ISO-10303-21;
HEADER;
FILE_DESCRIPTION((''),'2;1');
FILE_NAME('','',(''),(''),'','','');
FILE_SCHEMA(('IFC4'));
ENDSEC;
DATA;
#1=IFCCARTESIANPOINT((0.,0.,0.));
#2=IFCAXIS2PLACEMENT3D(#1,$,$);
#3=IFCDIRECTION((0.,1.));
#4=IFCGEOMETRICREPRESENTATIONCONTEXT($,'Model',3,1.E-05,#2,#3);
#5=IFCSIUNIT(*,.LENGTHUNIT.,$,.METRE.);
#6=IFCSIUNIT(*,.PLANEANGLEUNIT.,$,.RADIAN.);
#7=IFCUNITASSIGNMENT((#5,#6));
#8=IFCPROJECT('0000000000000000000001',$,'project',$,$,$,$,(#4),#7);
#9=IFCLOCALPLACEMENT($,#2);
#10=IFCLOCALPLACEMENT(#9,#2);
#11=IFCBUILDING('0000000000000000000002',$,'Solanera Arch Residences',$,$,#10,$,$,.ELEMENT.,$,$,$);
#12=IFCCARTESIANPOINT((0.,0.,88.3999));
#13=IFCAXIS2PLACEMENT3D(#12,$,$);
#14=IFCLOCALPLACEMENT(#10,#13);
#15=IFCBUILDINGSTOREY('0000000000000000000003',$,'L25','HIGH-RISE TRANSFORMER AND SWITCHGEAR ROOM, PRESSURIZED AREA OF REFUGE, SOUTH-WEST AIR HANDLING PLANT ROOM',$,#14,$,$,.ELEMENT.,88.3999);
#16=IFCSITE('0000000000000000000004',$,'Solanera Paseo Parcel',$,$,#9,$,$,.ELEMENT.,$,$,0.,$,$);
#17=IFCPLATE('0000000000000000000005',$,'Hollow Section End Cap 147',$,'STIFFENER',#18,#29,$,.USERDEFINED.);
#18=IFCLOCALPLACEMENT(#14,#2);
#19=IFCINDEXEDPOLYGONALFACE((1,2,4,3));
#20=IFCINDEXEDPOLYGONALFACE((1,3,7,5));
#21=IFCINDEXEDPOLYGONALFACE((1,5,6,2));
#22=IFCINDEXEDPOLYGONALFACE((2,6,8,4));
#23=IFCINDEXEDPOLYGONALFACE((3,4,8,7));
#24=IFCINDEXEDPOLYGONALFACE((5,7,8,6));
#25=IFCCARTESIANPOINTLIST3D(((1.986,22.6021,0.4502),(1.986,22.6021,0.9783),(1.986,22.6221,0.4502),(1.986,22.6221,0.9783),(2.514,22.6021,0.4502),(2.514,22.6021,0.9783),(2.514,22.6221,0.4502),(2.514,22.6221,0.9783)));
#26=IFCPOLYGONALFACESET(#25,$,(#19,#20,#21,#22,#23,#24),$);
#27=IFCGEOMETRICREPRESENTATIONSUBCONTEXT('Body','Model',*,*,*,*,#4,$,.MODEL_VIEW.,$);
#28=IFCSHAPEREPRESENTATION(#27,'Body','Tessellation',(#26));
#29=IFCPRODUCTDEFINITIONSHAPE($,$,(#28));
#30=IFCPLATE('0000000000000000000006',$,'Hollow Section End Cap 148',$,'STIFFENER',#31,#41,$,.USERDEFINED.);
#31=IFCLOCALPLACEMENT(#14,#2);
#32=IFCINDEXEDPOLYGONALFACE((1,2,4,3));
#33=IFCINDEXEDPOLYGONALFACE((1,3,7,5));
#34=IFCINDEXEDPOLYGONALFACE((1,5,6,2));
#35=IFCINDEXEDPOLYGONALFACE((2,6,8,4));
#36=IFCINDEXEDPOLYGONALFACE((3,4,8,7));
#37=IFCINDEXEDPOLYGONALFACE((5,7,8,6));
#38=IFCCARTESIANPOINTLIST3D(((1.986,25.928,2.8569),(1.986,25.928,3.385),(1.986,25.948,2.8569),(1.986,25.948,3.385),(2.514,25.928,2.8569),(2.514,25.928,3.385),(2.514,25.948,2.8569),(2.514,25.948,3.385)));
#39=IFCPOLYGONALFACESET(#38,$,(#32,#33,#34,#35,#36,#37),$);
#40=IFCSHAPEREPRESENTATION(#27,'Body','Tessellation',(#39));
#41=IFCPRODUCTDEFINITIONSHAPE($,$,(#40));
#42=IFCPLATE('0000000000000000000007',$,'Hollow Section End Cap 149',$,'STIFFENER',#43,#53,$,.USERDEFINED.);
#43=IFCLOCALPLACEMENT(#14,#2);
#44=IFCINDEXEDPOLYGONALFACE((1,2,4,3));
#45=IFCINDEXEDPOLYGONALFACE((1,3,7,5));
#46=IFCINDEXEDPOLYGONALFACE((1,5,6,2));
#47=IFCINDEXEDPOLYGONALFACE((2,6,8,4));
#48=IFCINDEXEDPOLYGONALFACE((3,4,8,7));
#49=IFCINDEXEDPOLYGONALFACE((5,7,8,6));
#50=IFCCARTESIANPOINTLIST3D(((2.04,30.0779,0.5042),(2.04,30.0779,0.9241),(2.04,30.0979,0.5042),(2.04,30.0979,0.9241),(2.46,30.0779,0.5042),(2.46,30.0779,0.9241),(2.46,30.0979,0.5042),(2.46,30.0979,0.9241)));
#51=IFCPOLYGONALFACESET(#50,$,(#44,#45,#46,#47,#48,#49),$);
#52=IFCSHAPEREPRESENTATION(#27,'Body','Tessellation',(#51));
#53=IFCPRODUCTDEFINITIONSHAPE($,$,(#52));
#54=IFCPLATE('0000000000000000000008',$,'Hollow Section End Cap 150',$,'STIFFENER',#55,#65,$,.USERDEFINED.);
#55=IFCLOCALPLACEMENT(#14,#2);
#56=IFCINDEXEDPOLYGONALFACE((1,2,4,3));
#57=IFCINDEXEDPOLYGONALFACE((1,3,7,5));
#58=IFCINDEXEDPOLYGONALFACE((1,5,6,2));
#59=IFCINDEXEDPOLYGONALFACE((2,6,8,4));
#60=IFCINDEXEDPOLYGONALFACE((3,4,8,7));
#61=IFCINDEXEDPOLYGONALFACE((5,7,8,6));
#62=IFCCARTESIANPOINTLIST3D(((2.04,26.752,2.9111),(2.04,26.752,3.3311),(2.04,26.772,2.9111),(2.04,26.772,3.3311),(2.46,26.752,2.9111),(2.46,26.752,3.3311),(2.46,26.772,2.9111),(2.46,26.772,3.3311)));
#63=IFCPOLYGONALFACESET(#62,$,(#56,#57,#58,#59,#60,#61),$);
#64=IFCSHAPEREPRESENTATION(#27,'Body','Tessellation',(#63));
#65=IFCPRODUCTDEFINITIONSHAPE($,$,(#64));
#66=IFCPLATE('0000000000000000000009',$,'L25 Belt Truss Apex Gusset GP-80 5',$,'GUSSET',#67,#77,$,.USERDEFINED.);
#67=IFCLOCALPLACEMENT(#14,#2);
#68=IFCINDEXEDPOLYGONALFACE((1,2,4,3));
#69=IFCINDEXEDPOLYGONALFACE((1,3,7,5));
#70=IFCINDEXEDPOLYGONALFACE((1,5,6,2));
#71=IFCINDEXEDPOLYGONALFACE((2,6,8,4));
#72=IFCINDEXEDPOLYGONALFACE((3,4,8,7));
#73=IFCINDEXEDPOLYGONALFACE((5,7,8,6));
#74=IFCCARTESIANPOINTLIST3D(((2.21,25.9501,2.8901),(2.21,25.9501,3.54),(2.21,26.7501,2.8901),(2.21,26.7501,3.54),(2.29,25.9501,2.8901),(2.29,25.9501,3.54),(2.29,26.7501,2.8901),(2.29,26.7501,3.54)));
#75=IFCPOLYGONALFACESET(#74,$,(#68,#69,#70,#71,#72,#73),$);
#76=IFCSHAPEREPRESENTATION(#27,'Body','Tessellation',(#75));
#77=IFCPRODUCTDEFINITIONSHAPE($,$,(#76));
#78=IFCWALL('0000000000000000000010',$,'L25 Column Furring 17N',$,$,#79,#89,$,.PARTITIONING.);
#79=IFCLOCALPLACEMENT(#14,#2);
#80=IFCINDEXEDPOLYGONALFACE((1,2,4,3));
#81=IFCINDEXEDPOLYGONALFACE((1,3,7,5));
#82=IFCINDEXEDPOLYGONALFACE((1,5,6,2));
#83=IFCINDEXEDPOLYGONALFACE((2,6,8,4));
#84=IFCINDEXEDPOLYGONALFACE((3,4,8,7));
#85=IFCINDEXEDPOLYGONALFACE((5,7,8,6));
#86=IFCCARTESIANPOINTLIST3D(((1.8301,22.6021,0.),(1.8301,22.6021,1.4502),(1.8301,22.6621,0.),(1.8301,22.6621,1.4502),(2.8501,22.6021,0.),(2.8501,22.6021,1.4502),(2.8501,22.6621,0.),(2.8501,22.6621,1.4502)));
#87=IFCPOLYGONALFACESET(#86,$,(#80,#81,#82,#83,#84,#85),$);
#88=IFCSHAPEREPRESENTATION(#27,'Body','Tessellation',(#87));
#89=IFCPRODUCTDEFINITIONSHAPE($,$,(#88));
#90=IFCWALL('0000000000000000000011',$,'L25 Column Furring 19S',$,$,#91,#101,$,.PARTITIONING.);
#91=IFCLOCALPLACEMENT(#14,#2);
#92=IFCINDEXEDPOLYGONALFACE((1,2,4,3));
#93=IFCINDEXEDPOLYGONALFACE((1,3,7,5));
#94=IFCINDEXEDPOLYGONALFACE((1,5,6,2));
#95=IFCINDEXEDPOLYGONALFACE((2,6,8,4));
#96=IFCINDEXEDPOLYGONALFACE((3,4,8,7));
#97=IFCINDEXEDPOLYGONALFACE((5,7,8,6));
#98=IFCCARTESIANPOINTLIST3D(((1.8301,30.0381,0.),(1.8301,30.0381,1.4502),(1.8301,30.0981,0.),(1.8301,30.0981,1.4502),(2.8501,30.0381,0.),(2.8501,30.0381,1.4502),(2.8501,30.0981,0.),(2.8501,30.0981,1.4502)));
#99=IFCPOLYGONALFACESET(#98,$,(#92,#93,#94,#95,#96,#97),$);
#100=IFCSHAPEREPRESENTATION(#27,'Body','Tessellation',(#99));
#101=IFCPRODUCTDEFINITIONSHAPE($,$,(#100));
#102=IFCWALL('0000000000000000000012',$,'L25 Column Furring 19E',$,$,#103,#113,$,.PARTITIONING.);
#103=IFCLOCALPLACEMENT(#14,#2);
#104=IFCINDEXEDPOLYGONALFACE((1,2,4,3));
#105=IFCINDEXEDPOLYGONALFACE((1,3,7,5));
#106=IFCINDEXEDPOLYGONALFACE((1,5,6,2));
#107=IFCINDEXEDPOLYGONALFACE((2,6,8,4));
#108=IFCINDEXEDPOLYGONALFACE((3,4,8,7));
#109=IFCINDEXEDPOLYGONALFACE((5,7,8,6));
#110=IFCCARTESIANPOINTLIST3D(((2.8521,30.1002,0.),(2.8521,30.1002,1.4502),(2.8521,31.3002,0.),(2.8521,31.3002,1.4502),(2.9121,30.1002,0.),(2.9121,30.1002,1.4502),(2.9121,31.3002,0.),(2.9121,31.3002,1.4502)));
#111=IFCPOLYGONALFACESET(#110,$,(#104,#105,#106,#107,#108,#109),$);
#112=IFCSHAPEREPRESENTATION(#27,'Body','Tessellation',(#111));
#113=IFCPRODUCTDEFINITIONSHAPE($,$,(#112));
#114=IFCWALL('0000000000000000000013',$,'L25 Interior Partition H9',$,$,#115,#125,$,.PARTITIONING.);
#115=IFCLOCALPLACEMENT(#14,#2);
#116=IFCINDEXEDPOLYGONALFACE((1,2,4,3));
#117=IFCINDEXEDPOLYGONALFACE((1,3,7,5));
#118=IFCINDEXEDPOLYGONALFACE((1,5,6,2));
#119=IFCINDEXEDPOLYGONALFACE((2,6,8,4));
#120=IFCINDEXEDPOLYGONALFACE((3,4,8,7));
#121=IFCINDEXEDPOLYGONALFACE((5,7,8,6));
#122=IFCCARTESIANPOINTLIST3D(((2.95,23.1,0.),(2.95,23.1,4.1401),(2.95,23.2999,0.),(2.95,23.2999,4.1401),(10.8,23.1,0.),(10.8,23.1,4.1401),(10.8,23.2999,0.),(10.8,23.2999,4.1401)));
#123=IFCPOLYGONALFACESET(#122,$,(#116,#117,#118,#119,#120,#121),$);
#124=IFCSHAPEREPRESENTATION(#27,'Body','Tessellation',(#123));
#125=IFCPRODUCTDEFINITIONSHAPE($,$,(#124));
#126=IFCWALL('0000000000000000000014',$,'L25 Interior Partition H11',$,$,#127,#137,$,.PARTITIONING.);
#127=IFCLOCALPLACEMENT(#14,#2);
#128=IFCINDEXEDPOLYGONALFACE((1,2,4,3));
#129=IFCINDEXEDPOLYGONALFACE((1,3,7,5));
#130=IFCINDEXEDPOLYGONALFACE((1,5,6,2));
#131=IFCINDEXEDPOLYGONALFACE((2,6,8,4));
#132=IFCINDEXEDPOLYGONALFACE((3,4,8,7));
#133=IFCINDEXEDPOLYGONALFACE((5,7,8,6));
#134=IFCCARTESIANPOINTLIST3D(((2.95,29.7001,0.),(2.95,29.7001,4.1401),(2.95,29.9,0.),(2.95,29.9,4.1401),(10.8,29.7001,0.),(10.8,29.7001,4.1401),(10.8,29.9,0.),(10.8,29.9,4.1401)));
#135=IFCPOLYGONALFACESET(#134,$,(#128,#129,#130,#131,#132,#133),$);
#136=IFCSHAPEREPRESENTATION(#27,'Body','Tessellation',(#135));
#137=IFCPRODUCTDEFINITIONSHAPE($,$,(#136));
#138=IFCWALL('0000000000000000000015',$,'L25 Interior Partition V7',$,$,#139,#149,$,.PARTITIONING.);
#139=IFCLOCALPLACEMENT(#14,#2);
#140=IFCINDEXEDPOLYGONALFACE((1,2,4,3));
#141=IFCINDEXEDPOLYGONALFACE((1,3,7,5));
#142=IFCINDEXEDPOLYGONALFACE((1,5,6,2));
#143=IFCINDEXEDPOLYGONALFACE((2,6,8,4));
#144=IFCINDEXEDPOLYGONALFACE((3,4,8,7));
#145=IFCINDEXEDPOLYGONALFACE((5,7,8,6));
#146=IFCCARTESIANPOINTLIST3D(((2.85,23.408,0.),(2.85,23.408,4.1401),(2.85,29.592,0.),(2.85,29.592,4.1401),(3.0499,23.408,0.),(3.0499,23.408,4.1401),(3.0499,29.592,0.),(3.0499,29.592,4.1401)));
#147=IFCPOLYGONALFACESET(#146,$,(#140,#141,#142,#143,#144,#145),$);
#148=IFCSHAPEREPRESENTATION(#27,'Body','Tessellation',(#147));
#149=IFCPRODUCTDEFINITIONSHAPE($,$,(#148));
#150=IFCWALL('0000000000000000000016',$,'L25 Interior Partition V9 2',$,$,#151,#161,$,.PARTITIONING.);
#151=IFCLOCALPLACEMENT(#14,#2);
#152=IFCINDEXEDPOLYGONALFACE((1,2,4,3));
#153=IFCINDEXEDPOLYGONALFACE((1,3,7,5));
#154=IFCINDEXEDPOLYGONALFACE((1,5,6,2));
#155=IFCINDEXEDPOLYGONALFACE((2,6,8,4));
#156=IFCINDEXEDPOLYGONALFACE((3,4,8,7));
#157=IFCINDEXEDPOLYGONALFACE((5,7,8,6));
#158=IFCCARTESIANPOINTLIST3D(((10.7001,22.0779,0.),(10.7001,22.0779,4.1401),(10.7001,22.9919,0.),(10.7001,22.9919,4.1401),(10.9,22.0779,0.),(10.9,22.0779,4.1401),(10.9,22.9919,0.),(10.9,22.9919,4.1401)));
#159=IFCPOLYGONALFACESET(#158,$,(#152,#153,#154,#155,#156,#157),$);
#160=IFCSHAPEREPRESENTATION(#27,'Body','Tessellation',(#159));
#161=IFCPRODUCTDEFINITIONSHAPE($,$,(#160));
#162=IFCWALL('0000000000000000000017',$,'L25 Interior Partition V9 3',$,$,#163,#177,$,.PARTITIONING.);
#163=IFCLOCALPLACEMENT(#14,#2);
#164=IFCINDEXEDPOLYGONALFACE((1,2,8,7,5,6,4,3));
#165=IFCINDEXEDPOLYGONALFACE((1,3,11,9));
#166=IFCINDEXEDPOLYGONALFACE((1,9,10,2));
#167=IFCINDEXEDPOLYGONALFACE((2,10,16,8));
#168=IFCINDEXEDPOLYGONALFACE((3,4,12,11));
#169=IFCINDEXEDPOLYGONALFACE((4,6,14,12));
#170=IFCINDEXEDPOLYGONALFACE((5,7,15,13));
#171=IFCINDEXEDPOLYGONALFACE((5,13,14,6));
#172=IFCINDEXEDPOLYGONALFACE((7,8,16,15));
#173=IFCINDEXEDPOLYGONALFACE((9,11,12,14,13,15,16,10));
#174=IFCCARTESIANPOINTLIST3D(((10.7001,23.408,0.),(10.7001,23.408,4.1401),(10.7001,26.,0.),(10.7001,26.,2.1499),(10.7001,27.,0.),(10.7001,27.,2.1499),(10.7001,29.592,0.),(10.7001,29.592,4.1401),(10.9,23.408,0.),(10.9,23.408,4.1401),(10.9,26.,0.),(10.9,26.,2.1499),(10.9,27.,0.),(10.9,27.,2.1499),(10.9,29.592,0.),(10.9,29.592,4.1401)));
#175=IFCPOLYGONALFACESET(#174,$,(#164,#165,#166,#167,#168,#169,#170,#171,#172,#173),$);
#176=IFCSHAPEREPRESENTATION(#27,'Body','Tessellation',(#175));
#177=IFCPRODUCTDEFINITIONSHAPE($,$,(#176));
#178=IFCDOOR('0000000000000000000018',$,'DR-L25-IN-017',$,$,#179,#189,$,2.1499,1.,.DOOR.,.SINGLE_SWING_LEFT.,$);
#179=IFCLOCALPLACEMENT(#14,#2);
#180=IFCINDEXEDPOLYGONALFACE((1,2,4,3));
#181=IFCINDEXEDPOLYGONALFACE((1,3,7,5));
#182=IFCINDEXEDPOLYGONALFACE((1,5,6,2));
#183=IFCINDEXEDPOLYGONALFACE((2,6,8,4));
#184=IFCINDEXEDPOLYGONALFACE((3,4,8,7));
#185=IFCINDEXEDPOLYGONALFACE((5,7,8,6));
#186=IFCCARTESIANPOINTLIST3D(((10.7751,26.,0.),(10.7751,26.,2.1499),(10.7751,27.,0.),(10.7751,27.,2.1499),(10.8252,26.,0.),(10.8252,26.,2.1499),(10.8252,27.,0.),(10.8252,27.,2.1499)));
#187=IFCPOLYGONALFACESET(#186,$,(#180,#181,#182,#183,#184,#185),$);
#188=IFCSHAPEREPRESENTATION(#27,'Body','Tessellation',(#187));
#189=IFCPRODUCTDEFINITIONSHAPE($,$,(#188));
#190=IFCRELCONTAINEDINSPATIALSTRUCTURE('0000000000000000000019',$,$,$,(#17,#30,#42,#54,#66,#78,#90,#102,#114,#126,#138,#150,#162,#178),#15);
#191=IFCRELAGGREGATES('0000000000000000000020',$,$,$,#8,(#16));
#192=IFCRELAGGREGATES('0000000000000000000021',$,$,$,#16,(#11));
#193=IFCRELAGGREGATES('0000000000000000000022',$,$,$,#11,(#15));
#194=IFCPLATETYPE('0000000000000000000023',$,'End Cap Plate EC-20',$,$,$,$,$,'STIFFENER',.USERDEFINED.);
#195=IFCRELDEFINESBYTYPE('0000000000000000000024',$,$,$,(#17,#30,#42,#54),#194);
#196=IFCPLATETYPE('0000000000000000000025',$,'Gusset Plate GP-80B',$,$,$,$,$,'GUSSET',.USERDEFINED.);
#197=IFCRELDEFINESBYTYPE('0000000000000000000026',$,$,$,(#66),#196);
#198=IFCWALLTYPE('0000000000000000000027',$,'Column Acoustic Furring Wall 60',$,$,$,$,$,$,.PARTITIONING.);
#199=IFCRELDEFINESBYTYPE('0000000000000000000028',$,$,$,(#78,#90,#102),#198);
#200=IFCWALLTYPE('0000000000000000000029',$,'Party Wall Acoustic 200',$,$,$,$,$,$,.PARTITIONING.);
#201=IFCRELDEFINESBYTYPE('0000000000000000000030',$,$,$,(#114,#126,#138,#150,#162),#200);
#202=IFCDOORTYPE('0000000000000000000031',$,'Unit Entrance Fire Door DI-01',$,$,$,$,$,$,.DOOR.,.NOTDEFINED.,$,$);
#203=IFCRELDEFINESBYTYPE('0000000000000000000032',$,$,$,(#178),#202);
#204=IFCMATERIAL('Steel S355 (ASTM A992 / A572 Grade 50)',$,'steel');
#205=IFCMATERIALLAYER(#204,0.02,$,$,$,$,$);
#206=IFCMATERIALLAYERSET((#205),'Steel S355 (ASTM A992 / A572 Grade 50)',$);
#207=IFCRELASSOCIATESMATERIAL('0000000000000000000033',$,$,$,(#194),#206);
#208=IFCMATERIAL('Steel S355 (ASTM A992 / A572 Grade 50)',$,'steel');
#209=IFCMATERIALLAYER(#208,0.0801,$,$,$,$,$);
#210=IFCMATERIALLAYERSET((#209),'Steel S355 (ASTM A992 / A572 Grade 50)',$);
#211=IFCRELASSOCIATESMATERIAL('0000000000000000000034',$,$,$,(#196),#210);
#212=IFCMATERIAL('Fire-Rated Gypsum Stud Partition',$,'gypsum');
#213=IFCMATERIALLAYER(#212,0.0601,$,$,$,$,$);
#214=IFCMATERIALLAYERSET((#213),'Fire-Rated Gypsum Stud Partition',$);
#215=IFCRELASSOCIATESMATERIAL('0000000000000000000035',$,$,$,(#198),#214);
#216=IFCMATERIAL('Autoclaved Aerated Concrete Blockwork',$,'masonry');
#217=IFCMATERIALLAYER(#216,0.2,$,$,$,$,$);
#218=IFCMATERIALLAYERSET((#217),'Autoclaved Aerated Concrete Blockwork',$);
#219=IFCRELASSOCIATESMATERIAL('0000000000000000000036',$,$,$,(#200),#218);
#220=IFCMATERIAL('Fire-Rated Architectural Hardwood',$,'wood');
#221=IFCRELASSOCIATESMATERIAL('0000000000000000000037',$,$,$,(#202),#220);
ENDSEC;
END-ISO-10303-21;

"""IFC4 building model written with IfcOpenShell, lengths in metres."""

from ifc_helpers import new_model, si_unit, direction, frame, frame_2d, origin, origin_2d, place, context, subcontext, project, spatial, rectangle, extrude, material, layer, layer_set, type_object, element, fill, save


model = new_model("IFC4")

# Units and contexts
model_context = context("Model", 3, precision=1e-05, world=origin(), true_north=direction((0.0, 1.0)))
body_context = subcontext(model_context, "Body", "Model", "MODEL_VIEW")
ifc_project = project(units=[si_unit("LENGTHUNIT", "METRE"), si_unit("PLANEANGLEUNIT", "RADIAN")], contexts=[model_context])

# Site, building, storey
site_placement = place(None, origin())
site = spatial("IfcSite", under=ifc_project, at=site_placement, Name="Solanera Paseo Parcel", CompositionType="ELEMENT", RefElevation=0.0)
building_placement = place(site_placement, origin())
building = spatial("IfcBuilding", under=site, at=building_placement, Name="Solanera Arch Residences", CompositionType="ELEMENT")
storey_placement = place(building_placement, frame((0.0, 0.0, 88.3999)))
storey = spatial("IfcBuildingStorey", under=building, at=storey_placement, Name="L25", Description="HIGH-RISE TRANSFORMER AND SWITCHGEAR ROOM, PRESSURIZED AREA OF REFUGE, SOUTH-WEST AIR HANDLING PLANT ROOM", CompositionType="ELEMENT", Elevation=88.3999)

# Plates
ifc_material_1 = material(Name="Steel S355 (ASTM A992 / A572 Grade 50)", Category="steel")
ifc_layer_1 = layer(ifc_material_1, 0.02)
ifc_layer_set_1 = layer_set([ifc_layer_1], Name="Steel S355 (ASTM A992 / A572 Grade 50)")
plate_type_1 = type_object("IfcPlateType", Name="End Cap Plate EC-20", ElementType="STIFFENER", PredefinedType="USERDEFINED", material=ifc_layer_set_1)
for number, where, z_axis, x_axis, name in (
    (1, (2.25, 22.6121, 0.4502), (0.0, 0.0, 1.0), (0.0, -1.0, 0.0), "Hollow Section End Cap 147"),
    (2, (2.25, 25.938, 2.8569), (0.0, 0.0, 1.0), (0.0, 1.0, 0.0), "Hollow Section End Cap 148"),
):
    element("IfcPlate", number, at=place(storey_placement, frame(where, z_axis=z_axis, x_axis=x_axis)), inside=storey, type_object=plate_type_1, Name=name, ObjectType="STIFFENER", PredefinedType="USERDEFINED", context=body_context, shape_type="SweptSolid", body=[
        extrude(rectangle(XDim=0.02, YDim=0.5281, at=origin_2d()), origin(), (0.0, 0.0, 1.0), 0.5281),
    ])
for number, where, z_axis, x_axis, name in (
    (3, (2.25, 30.0879, 0.5042), (0.0, 0.0, 1.0), (0.0, 1.0, 0.0), "Hollow Section End Cap 149"),
    (4, (2.25, 26.762, 2.9111), (0.0, 0.0, 1.0), (0.0, -1.0, 0.0), "Hollow Section End Cap 150"),
):
    element("IfcPlate", number, at=place(storey_placement, frame(where, z_axis=z_axis, x_axis=x_axis)), inside=storey, type_object=plate_type_1, Name=name, ObjectType="STIFFENER", PredefinedType="USERDEFINED", context=body_context, shape_type="SweptSolid", body=[
        extrude(rectangle(XDim=0.02, YDim=0.4199, at=origin_2d()), origin(), (0.0, 0.0, 1.0), 0.4199),
    ])
ifc_material_2 = material(Name="Steel S355 (ASTM A992 / A572 Grade 50)", Category="steel")
ifc_layer_2 = layer(ifc_material_2, 0.0801)
ifc_layer_set_2 = layer_set([ifc_layer_2], Name="Steel S355 (ASTM A992 / A572 Grade 50)")
plate_type_2 = type_object("IfcPlateType", Name="Gusset Plate GP-80B", ElementType="GUSSET", PredefinedType="USERDEFINED", material=ifc_layer_set_2)
plate_placement = place(storey_placement, frame((2.25, 26.3501, 2.8901), z_axis=(0.0, 0.0, 1.0), x_axis=(1.0, 0.0, 0.0)))
element("IfcPlate", 5, at=plate_placement, inside=storey, type_object=plate_type_2, Name="L25 Belt Truss Apex Gusset GP-80 5", ObjectType="GUSSET", PredefinedType="USERDEFINED", context=body_context, shape_type="SweptSolid", body=[
    extrude(rectangle(XDim=0.0801, YDim=0.8, at=origin_2d()), origin(), (0.0, 0.0, 1.0), 0.6499),
])

# Walls
ifc_material_3 = material(Name="Fire-Rated Gypsum Stud Partition", Category="gypsum")
ifc_layer_3 = layer(ifc_material_3, 0.0601)
ifc_layer_set_3 = layer_set([ifc_layer_3], Name="Fire-Rated Gypsum Stud Partition")
wall_type_1 = type_object("IfcWallType", Name="Column Acoustic Furring Wall 60", PredefinedType="PARTITIONING", material=ifc_layer_set_3)
for number, where, z_axis, x_axis, name in (
    (6, (1.8301, 22.6321, 0.0), (0.0, 0.0, 1.0), (1.0, 0.0, 0.0), "L25 Column Furring 17N"),
    (7, (1.8301, 30.0681, 0.0), (0.0, 0.0, 1.0), (1.0, 0.0, 0.0), "L25 Column Furring 19S"),
):
    element("IfcWall", number, at=place(storey_placement, frame(where, z_axis=z_axis, x_axis=x_axis)), inside=storey, type_object=wall_type_1, Name=name, PredefinedType="PARTITIONING", context=body_context, shape_type="SweptSolid", body=[
        extrude(rectangle(XDim=1.02, YDim=0.0601, at=frame_2d((0.51, 0.0))), origin(), (0.0, 0.0, 1.0), 1.4502),
    ])
wall_1_placement = place(storey_placement, frame((2.8821, 30.1001, 0.0), z_axis=(0.0, 0.0, 1.0), x_axis=(0.0, 1.0, 0.0)))
element("IfcWall", 8, at=wall_1_placement, inside=storey, type_object=wall_type_1, Name="L25 Column Furring 19E", PredefinedType="PARTITIONING", context=body_context, shape_type="SweptSolid", body=[
    extrude(rectangle(XDim=1.2, YDim=0.0601, at=frame_2d((0.6001, 0.0))), origin(), (0.0, 0.0, 1.0), 1.4502),
])
ifc_material_4 = material(Name="Autoclaved Aerated Concrete Blockwork", Category="masonry")
ifc_layer_4 = layer(ifc_material_4, 0.2)
ifc_layer_set_4 = layer_set([ifc_layer_4], Name="Autoclaved Aerated Concrete Blockwork")
wall_type_2 = type_object("IfcWallType", Name="Party Wall Acoustic 200", PredefinedType="PARTITIONING", material=ifc_layer_set_4)
for number, where, z_axis, x_axis, name in (
    (9, (2.95, 23.2, 0.0), (0.0, 0.0, 1.0), (1.0, 0.0, 0.0), "L25 Interior Partition H9"),
    (10, (2.95, 29.8, 0.0), (0.0, 0.0, 1.0), (1.0, 0.0, 0.0), "L25 Interior Partition H11"),
):
    element("IfcWall", number, at=place(storey_placement, frame(where, z_axis=z_axis, x_axis=x_axis)), inside=storey, type_object=wall_type_2, Name=name, PredefinedType="PARTITIONING", context=body_context, shape_type="SweptSolid", body=[
        extrude(rectangle(XDim=7.8501, YDim=0.2, at=frame_2d((3.925, 0.0))), origin(), (0.0, 0.0, 1.0), 4.1401),
    ])
wall_2_placement = place(storey_placement, frame((2.95, 23.408, 0.0), z_axis=(0.0, 0.0, 1.0), x_axis=(0.0, 1.0, 0.0)))
element("IfcWall", 11, at=wall_2_placement, inside=storey, type_object=wall_type_2, Name="L25 Interior Partition V7", PredefinedType="PARTITIONING", context=body_context, shape_type="SweptSolid", body=[
    extrude(rectangle(XDim=6.1841, YDim=0.2, at=frame_2d((3.092, 0.0))), origin(), (0.0, 0.0, 1.0), 4.1401),
])
wall_3_placement = place(storey_placement, frame((10.8, 22.0779, 0.0), z_axis=(0.0, 0.0, 1.0), x_axis=(0.0, 1.0, 0.0)))
element("IfcWall", 12, at=wall_3_placement, inside=storey, type_object=wall_type_2, Name="L25 Interior Partition V9 2", PredefinedType="PARTITIONING", context=body_context, shape_type="SweptSolid", body=[
    extrude(rectangle(XDim=0.9141, YDim=0.2, at=frame_2d((0.457, 0.0))), origin(), (0.0, 0.0, 1.0), 4.1401),
])

# Wall, opening, door
wall_4_placement = place(storey_placement, frame((10.8, 23.408, 0.0), z_axis=(0.0, 0.0, 1.0), x_axis=(0.0, 1.0, 0.0)))
wall_4 = element("IfcWall", 13, at=wall_4_placement, inside=storey, type_object=wall_type_2, Name="L25 Interior Partition V9 3", PredefinedType="PARTITIONING", context=body_context, shape_type="SweptSolid", body=[
    extrude(rectangle(XDim=6.1841, YDim=0.2, at=frame_2d((3.092, 0.0))), origin(), (0.0, 0.0, 1.0), 4.1401),
])
opening_placement = place(wall_4_placement, frame((2.592, 0.0, 0.0)))
opening = element("IfcOpeningElement", 14, at=opening_placement, cuts=wall_4, PredefinedType="OPENING", context=body_context, shape_type="SweptSolid", body=[
    extrude(rectangle(XDim=1.0, YDim=2.1499, at=frame_2d((0.5, 1.075))), frame((0.0, 0.1101, 0.0), z_axis=(0.0, -1.0, 0.0), x_axis=(1.0, 0.0, 0.0)), (0.0, 0.0, 1.0), 0.22),
])
ifc_material_5 = material(Name="Fire-Rated Architectural Hardwood", Category="wood")
door_type = type_object("IfcDoorType", Name="Unit Entrance Fire Door DI-01", OperationType="NOTDEFINED", PredefinedType="DOOR", material=ifc_material_5)
door_placement = place(opening_placement, origin())
door = element("IfcDoor", 15, at=door_placement, inside=storey, type_object=door_type, Name="DR-L25-IN-017", OperationType="SINGLE_SWING_LEFT", OverallHeight=2.1499, OverallWidth=1.0, PredefinedType="DOOR", context=body_context, shape_type="SweptSolid", body=[
    extrude(rectangle(XDim=1.0, YDim=2.1499, at=frame_2d((0.5, 1.075))), frame((0.0, 0.0249, 0.0), z_axis=(0.0, -1.0, 0.0), x_axis=(1.0, 0.0, 0.0)), (0.0, 0.0, 1.0), 0.05),
])
fill(opening, door)

save(model, "model.ifc")
